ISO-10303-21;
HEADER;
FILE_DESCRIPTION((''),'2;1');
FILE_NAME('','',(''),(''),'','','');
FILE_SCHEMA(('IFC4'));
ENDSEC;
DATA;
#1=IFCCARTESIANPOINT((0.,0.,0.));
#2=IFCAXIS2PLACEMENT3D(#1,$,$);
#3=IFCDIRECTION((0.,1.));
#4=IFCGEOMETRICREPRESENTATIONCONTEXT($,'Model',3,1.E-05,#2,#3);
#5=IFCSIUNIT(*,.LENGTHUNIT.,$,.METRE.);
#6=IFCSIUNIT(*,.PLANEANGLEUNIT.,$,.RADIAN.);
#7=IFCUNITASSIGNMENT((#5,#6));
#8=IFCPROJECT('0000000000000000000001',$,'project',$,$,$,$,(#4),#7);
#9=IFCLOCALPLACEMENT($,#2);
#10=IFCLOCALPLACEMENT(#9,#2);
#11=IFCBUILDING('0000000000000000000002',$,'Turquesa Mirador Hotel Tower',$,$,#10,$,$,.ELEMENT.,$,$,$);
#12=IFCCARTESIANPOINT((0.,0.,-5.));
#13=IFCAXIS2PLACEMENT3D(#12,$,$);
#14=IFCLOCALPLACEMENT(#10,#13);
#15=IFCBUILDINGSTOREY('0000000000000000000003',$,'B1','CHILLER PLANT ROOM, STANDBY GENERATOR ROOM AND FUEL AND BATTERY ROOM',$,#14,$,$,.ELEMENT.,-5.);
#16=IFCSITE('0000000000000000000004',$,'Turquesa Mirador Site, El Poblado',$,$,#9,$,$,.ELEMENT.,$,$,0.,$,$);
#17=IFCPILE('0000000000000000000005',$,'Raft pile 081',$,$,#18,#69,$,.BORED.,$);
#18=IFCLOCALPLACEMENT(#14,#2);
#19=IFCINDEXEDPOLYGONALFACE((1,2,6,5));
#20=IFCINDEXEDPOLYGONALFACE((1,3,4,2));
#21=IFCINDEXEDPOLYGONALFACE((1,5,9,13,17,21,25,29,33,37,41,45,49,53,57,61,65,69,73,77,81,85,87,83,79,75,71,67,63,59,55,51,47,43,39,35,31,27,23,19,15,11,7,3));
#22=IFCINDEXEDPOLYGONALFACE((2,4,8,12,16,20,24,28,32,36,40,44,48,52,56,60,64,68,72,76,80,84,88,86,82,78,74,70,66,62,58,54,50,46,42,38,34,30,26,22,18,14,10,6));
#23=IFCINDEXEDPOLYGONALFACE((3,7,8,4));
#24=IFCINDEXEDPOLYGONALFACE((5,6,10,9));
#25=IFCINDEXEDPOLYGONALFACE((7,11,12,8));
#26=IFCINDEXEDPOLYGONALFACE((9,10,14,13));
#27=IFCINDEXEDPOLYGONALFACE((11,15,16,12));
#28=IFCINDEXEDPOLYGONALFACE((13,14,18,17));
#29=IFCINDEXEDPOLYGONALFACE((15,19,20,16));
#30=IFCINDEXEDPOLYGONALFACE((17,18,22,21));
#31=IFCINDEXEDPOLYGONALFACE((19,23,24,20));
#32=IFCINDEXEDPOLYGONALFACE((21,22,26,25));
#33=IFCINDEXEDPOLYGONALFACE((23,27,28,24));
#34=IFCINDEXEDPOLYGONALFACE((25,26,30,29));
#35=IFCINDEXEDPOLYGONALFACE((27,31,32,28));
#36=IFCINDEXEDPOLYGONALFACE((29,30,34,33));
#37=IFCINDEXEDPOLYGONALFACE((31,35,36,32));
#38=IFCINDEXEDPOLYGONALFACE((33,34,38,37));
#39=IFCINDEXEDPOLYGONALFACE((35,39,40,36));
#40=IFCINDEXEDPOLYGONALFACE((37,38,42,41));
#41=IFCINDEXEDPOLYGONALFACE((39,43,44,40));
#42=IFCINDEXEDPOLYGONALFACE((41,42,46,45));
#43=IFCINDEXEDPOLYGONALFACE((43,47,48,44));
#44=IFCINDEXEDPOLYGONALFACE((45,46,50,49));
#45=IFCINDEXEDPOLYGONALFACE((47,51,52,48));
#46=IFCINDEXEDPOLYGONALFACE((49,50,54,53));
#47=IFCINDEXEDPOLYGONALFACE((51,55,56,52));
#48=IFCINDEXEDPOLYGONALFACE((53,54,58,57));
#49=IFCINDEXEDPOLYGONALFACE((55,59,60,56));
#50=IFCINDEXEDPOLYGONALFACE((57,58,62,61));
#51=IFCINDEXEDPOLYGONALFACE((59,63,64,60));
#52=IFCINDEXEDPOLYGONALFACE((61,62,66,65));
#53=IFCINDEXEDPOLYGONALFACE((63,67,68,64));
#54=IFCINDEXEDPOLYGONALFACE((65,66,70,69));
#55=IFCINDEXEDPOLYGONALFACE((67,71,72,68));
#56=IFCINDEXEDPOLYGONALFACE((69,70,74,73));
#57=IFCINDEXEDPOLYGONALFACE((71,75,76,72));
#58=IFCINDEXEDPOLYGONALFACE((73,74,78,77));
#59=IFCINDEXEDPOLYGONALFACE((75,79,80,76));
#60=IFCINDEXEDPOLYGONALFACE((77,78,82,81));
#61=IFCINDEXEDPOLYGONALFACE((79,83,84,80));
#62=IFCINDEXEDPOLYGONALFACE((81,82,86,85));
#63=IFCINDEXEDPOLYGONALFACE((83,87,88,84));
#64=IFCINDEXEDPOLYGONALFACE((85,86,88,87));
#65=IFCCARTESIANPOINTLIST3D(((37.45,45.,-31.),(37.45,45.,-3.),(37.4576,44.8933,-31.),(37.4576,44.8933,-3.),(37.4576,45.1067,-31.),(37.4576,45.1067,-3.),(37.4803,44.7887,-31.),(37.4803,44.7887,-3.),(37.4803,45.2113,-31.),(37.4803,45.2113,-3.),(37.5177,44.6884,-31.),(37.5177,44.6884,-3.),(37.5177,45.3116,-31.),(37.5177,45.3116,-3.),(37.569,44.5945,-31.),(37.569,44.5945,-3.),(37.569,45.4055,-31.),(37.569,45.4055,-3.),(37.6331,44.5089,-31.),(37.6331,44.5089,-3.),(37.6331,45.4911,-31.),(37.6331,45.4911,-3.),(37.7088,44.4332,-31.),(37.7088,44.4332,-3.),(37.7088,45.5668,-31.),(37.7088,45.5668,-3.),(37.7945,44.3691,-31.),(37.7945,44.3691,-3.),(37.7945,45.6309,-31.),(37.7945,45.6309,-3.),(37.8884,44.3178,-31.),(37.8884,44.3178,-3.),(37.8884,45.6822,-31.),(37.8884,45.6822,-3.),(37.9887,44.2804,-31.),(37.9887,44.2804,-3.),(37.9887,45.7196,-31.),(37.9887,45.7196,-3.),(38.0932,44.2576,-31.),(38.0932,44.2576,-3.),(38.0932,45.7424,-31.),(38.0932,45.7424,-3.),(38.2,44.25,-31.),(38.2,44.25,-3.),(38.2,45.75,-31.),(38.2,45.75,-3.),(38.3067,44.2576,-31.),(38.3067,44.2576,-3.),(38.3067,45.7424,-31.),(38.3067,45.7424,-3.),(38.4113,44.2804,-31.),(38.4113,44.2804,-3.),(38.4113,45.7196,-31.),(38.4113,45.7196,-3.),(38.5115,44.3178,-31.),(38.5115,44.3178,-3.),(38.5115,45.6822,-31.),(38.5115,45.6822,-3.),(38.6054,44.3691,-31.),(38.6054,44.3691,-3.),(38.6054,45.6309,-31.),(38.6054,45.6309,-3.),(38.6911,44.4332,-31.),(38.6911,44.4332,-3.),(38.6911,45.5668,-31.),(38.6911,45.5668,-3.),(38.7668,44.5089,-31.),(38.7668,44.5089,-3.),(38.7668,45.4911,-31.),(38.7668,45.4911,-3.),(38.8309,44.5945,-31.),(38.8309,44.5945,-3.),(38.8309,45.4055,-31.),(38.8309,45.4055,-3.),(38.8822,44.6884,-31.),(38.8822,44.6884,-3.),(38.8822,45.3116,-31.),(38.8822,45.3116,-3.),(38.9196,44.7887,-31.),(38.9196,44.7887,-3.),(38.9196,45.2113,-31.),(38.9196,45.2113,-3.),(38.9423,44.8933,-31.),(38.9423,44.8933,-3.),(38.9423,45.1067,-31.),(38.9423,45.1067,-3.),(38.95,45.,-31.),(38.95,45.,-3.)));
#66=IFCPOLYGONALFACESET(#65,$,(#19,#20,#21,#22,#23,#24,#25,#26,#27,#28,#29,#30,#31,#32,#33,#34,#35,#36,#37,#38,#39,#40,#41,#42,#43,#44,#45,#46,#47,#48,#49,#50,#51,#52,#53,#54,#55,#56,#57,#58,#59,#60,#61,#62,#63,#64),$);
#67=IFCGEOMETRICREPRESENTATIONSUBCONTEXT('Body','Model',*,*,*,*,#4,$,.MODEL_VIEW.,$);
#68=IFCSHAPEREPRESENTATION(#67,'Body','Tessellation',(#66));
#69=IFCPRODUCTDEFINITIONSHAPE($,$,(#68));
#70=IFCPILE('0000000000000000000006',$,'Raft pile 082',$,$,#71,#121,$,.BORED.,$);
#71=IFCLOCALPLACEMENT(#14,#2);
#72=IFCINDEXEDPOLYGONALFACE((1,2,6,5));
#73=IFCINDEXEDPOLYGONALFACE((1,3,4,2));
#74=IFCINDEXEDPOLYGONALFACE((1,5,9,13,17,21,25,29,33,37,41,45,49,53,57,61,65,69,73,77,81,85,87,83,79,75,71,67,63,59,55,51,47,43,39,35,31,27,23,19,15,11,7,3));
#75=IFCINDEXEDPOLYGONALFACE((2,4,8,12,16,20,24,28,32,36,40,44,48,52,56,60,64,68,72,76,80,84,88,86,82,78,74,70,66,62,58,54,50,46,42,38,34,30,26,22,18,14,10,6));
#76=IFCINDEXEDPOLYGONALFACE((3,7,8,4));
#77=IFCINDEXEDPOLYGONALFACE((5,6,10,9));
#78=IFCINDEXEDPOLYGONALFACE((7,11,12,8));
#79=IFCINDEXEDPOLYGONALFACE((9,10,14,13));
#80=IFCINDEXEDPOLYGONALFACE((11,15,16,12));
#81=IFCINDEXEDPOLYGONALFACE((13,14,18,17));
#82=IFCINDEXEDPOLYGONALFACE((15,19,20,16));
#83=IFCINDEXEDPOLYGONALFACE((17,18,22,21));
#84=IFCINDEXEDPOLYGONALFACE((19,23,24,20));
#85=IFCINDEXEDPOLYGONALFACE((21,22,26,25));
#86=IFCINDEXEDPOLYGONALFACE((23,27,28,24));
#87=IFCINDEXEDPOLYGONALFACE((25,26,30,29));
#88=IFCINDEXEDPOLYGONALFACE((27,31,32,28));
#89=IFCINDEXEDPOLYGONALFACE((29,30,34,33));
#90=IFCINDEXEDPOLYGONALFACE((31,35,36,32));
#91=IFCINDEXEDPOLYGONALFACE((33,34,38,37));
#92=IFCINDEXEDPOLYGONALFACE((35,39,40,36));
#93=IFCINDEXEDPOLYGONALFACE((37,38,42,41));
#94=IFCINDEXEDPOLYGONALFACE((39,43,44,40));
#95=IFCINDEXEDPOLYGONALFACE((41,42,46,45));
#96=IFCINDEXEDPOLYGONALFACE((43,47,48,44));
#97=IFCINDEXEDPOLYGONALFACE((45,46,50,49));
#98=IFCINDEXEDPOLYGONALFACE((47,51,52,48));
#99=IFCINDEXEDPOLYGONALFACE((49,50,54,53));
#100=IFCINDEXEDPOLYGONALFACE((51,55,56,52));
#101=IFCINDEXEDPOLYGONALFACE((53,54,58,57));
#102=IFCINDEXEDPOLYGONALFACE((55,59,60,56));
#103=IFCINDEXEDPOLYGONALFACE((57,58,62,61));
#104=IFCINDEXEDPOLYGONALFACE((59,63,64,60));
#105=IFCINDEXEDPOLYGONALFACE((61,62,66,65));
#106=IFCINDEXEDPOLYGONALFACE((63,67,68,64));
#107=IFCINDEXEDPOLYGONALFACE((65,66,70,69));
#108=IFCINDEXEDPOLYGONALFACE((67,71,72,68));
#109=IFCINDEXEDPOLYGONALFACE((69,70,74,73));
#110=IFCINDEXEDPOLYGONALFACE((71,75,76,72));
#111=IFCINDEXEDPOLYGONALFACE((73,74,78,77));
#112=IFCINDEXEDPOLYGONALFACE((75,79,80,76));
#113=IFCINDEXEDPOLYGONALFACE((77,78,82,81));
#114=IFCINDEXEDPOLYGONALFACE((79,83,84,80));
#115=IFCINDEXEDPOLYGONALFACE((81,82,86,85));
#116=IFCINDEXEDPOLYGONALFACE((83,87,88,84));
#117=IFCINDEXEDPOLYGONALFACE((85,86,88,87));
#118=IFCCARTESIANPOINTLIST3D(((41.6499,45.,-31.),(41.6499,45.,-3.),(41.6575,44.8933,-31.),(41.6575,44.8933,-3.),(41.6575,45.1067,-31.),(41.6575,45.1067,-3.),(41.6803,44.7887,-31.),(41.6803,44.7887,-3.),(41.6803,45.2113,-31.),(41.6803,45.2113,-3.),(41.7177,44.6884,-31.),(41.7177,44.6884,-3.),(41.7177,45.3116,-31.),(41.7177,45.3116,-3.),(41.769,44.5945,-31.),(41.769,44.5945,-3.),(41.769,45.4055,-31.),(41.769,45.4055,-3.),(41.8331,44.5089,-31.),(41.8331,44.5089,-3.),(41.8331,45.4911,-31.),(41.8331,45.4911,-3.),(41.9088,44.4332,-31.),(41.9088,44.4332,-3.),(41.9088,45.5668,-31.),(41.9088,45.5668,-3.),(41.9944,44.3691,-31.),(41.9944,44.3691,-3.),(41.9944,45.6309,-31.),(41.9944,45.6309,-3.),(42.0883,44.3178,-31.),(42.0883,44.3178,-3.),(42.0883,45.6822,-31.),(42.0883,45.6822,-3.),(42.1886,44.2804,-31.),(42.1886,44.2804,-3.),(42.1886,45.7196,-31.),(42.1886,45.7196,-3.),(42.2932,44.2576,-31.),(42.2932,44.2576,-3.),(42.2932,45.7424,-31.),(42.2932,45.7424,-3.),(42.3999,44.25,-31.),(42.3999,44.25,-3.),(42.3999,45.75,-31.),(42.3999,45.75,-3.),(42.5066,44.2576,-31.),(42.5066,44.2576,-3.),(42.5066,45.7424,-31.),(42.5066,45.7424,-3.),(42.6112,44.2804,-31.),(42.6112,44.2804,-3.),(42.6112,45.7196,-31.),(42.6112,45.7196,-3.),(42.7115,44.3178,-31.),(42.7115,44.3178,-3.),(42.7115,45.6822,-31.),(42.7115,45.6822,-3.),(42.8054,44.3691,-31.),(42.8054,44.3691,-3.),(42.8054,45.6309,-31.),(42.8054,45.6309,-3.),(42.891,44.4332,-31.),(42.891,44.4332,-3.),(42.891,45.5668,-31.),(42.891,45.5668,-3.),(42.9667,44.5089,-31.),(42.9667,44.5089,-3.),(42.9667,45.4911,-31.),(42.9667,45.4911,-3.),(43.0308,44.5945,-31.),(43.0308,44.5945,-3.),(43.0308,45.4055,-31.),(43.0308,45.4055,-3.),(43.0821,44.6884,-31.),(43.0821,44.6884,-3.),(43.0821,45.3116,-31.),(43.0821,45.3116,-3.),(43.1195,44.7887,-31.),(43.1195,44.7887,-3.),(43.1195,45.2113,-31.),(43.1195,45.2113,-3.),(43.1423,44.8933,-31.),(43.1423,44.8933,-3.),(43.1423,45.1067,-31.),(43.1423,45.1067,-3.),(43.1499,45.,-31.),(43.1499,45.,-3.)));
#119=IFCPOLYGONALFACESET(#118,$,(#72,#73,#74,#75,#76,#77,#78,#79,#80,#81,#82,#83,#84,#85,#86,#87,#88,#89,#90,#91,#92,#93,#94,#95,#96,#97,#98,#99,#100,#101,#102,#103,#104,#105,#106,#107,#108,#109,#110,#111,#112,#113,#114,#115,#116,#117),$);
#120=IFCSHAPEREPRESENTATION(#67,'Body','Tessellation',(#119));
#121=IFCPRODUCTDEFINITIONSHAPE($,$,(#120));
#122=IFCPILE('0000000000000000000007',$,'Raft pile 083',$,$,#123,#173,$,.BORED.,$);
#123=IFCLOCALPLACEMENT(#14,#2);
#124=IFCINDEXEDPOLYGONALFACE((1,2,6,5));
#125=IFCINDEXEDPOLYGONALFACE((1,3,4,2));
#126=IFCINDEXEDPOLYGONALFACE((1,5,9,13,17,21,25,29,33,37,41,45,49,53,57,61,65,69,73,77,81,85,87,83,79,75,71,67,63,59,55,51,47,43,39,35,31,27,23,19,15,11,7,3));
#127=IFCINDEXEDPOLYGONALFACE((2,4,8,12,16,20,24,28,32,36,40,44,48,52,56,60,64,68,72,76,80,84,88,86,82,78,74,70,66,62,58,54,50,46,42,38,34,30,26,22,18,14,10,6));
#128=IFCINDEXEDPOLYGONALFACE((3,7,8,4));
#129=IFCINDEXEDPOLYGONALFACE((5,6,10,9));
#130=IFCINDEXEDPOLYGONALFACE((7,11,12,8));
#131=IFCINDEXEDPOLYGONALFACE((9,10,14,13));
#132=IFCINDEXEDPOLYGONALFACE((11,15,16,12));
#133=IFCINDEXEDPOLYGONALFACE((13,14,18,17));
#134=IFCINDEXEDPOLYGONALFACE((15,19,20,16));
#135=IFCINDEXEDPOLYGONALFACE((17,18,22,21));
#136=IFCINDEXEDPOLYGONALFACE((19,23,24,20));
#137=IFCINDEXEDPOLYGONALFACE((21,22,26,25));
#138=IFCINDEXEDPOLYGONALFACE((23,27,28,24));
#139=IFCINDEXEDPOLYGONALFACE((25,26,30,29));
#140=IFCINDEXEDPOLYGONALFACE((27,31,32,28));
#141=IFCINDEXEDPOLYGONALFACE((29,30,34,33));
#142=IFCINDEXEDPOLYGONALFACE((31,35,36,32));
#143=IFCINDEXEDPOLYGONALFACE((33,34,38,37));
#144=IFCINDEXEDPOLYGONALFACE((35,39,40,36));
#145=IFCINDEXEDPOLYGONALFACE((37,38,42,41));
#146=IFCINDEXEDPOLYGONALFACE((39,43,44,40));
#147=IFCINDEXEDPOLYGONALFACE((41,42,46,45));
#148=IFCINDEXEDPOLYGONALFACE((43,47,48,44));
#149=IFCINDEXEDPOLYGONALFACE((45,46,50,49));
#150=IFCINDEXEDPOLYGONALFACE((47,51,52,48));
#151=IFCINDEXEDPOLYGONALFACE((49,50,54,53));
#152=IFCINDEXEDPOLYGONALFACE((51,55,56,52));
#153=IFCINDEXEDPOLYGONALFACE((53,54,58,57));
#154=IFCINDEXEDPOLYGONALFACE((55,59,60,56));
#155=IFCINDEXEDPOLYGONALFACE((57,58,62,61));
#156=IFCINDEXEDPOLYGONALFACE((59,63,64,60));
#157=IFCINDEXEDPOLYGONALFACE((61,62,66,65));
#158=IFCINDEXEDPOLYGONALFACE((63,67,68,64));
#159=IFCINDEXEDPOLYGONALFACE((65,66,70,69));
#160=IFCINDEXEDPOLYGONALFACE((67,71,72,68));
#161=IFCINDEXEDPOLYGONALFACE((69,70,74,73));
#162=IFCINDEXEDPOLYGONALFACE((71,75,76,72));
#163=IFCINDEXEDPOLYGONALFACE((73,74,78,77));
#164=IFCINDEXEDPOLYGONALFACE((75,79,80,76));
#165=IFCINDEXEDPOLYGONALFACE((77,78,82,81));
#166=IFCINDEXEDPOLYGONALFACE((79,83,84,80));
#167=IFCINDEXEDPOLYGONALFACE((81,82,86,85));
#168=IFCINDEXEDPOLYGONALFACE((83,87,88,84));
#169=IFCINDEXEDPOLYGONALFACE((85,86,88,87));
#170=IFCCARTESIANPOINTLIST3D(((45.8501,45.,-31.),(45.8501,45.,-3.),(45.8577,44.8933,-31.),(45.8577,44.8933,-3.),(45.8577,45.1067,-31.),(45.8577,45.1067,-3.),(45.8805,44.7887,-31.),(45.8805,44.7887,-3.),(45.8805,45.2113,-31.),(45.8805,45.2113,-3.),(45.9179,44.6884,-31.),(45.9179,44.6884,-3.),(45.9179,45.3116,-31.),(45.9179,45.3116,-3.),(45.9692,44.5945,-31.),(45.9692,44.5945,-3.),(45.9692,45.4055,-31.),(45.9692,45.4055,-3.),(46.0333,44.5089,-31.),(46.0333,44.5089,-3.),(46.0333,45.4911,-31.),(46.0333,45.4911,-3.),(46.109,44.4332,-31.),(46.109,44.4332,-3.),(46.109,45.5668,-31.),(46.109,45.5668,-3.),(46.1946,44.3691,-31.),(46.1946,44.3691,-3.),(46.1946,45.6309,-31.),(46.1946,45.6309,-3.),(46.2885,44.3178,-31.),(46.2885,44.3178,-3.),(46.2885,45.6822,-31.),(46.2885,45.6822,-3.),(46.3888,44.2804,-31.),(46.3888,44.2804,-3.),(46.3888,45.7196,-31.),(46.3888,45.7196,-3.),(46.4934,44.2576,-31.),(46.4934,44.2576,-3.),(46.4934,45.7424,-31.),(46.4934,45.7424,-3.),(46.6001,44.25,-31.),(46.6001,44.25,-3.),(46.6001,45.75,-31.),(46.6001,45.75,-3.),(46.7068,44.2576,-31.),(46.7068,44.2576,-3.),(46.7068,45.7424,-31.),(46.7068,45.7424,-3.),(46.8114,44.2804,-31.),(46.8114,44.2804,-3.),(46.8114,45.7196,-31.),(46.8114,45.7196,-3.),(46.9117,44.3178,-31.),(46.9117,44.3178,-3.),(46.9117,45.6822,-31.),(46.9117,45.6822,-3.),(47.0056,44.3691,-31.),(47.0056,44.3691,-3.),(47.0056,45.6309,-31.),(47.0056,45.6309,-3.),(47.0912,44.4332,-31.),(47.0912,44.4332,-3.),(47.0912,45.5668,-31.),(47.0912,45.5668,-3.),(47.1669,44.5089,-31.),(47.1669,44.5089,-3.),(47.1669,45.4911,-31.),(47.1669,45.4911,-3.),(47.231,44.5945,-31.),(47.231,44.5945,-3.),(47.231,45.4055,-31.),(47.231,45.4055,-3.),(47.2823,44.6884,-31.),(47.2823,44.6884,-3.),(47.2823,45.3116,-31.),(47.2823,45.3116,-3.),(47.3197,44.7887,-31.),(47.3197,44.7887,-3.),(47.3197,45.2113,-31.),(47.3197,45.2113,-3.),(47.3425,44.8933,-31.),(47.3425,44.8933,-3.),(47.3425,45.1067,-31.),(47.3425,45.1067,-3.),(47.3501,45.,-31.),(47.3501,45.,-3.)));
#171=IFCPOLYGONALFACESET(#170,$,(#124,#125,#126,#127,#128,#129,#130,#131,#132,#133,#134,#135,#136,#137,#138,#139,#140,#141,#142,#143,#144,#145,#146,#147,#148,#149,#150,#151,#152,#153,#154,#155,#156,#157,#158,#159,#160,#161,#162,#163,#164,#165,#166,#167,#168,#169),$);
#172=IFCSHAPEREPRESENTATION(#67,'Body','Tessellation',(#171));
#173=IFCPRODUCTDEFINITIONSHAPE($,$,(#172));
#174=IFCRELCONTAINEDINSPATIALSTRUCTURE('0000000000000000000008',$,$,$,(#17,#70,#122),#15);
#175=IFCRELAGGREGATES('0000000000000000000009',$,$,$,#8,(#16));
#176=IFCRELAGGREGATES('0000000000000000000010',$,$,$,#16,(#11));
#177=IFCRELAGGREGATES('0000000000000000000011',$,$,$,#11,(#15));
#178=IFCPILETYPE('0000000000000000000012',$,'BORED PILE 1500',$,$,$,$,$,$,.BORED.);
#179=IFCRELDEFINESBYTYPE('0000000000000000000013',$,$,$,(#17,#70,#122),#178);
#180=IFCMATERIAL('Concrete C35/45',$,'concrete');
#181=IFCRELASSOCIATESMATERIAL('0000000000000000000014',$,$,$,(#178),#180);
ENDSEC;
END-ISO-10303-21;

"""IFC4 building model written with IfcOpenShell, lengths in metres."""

from ifc_helpers import new_model, si_unit, direction, frame, origin, origin_2d, place, context, subcontext, project, spatial, circle, extrude, material, type_object, element, save


model = new_model("IFC4")

# Units and contexts
model_context = context("Model", 3, precision=1e-05, world=origin(), true_north=direction((0.0, 1.0)))
body_context = subcontext(model_context, "Body", "Model", "MODEL_VIEW")
ifc_project = project(units=[si_unit("LENGTHUNIT", "METRE"), si_unit("PLANEANGLEUNIT", "RADIAN")], contexts=[model_context])

# Site, building, storey
site_placement = place(None, origin())
site = spatial("IfcSite", under=ifc_project, at=site_placement, Name="Turquesa Mirador Site, El Poblado", CompositionType="ELEMENT", RefElevation=0.0)
building_placement = place(site_placement, origin())
building = spatial("IfcBuilding", under=site, at=building_placement, Name="Turquesa Mirador Hotel Tower", CompositionType="ELEMENT")
storey_placement = place(building_placement, frame((0.0, 0.0, -5.0)))
storey = spatial("IfcBuildingStorey", under=building, at=storey_placement, Name="B1", Description="CHILLER PLANT ROOM, STANDBY GENERATOR ROOM AND FUEL AND BATTERY ROOM", CompositionType="ELEMENT", Elevation=-5.0)

# Piles
ifc_material_1 = material(Name="Concrete C35/45", Category="concrete")
pile_type = type_object("IfcPileType", Name="BORED PILE 1500", PredefinedType="BORED", material=ifc_material_1)
for number, where, z_axis, x_axis, name in (
    (1, (38.2, 45.0, -3.0), (0.0, 0.0, -1.0), (1.0, 0.0, 0.0), "Raft pile 081"),
    (2, (42.3999, 45.0, -3.0), (0.0, 0.0, -1.0), (1.0, 0.0, 0.0), "Raft pile 082"),
    (3, (46.6001, 45.0, -3.0), (0.0, 0.0, -1.0), (1.0, 0.0, 0.0), "Raft pile 083"),
):
    element("IfcPile", number, at=place(storey_placement, frame(where, z_axis=z_axis, x_axis=x_axis)), inside=storey, type_object=pile_type, Name=name, PredefinedType="BORED", context=body_context, shape_type="SweptSolid", body=[
        extrude(circle(Radius=0.75, at=origin_2d()), origin(), (0.0, 0.0, 1.0), 28.0),
    ])

save(model, "model.ifc")
